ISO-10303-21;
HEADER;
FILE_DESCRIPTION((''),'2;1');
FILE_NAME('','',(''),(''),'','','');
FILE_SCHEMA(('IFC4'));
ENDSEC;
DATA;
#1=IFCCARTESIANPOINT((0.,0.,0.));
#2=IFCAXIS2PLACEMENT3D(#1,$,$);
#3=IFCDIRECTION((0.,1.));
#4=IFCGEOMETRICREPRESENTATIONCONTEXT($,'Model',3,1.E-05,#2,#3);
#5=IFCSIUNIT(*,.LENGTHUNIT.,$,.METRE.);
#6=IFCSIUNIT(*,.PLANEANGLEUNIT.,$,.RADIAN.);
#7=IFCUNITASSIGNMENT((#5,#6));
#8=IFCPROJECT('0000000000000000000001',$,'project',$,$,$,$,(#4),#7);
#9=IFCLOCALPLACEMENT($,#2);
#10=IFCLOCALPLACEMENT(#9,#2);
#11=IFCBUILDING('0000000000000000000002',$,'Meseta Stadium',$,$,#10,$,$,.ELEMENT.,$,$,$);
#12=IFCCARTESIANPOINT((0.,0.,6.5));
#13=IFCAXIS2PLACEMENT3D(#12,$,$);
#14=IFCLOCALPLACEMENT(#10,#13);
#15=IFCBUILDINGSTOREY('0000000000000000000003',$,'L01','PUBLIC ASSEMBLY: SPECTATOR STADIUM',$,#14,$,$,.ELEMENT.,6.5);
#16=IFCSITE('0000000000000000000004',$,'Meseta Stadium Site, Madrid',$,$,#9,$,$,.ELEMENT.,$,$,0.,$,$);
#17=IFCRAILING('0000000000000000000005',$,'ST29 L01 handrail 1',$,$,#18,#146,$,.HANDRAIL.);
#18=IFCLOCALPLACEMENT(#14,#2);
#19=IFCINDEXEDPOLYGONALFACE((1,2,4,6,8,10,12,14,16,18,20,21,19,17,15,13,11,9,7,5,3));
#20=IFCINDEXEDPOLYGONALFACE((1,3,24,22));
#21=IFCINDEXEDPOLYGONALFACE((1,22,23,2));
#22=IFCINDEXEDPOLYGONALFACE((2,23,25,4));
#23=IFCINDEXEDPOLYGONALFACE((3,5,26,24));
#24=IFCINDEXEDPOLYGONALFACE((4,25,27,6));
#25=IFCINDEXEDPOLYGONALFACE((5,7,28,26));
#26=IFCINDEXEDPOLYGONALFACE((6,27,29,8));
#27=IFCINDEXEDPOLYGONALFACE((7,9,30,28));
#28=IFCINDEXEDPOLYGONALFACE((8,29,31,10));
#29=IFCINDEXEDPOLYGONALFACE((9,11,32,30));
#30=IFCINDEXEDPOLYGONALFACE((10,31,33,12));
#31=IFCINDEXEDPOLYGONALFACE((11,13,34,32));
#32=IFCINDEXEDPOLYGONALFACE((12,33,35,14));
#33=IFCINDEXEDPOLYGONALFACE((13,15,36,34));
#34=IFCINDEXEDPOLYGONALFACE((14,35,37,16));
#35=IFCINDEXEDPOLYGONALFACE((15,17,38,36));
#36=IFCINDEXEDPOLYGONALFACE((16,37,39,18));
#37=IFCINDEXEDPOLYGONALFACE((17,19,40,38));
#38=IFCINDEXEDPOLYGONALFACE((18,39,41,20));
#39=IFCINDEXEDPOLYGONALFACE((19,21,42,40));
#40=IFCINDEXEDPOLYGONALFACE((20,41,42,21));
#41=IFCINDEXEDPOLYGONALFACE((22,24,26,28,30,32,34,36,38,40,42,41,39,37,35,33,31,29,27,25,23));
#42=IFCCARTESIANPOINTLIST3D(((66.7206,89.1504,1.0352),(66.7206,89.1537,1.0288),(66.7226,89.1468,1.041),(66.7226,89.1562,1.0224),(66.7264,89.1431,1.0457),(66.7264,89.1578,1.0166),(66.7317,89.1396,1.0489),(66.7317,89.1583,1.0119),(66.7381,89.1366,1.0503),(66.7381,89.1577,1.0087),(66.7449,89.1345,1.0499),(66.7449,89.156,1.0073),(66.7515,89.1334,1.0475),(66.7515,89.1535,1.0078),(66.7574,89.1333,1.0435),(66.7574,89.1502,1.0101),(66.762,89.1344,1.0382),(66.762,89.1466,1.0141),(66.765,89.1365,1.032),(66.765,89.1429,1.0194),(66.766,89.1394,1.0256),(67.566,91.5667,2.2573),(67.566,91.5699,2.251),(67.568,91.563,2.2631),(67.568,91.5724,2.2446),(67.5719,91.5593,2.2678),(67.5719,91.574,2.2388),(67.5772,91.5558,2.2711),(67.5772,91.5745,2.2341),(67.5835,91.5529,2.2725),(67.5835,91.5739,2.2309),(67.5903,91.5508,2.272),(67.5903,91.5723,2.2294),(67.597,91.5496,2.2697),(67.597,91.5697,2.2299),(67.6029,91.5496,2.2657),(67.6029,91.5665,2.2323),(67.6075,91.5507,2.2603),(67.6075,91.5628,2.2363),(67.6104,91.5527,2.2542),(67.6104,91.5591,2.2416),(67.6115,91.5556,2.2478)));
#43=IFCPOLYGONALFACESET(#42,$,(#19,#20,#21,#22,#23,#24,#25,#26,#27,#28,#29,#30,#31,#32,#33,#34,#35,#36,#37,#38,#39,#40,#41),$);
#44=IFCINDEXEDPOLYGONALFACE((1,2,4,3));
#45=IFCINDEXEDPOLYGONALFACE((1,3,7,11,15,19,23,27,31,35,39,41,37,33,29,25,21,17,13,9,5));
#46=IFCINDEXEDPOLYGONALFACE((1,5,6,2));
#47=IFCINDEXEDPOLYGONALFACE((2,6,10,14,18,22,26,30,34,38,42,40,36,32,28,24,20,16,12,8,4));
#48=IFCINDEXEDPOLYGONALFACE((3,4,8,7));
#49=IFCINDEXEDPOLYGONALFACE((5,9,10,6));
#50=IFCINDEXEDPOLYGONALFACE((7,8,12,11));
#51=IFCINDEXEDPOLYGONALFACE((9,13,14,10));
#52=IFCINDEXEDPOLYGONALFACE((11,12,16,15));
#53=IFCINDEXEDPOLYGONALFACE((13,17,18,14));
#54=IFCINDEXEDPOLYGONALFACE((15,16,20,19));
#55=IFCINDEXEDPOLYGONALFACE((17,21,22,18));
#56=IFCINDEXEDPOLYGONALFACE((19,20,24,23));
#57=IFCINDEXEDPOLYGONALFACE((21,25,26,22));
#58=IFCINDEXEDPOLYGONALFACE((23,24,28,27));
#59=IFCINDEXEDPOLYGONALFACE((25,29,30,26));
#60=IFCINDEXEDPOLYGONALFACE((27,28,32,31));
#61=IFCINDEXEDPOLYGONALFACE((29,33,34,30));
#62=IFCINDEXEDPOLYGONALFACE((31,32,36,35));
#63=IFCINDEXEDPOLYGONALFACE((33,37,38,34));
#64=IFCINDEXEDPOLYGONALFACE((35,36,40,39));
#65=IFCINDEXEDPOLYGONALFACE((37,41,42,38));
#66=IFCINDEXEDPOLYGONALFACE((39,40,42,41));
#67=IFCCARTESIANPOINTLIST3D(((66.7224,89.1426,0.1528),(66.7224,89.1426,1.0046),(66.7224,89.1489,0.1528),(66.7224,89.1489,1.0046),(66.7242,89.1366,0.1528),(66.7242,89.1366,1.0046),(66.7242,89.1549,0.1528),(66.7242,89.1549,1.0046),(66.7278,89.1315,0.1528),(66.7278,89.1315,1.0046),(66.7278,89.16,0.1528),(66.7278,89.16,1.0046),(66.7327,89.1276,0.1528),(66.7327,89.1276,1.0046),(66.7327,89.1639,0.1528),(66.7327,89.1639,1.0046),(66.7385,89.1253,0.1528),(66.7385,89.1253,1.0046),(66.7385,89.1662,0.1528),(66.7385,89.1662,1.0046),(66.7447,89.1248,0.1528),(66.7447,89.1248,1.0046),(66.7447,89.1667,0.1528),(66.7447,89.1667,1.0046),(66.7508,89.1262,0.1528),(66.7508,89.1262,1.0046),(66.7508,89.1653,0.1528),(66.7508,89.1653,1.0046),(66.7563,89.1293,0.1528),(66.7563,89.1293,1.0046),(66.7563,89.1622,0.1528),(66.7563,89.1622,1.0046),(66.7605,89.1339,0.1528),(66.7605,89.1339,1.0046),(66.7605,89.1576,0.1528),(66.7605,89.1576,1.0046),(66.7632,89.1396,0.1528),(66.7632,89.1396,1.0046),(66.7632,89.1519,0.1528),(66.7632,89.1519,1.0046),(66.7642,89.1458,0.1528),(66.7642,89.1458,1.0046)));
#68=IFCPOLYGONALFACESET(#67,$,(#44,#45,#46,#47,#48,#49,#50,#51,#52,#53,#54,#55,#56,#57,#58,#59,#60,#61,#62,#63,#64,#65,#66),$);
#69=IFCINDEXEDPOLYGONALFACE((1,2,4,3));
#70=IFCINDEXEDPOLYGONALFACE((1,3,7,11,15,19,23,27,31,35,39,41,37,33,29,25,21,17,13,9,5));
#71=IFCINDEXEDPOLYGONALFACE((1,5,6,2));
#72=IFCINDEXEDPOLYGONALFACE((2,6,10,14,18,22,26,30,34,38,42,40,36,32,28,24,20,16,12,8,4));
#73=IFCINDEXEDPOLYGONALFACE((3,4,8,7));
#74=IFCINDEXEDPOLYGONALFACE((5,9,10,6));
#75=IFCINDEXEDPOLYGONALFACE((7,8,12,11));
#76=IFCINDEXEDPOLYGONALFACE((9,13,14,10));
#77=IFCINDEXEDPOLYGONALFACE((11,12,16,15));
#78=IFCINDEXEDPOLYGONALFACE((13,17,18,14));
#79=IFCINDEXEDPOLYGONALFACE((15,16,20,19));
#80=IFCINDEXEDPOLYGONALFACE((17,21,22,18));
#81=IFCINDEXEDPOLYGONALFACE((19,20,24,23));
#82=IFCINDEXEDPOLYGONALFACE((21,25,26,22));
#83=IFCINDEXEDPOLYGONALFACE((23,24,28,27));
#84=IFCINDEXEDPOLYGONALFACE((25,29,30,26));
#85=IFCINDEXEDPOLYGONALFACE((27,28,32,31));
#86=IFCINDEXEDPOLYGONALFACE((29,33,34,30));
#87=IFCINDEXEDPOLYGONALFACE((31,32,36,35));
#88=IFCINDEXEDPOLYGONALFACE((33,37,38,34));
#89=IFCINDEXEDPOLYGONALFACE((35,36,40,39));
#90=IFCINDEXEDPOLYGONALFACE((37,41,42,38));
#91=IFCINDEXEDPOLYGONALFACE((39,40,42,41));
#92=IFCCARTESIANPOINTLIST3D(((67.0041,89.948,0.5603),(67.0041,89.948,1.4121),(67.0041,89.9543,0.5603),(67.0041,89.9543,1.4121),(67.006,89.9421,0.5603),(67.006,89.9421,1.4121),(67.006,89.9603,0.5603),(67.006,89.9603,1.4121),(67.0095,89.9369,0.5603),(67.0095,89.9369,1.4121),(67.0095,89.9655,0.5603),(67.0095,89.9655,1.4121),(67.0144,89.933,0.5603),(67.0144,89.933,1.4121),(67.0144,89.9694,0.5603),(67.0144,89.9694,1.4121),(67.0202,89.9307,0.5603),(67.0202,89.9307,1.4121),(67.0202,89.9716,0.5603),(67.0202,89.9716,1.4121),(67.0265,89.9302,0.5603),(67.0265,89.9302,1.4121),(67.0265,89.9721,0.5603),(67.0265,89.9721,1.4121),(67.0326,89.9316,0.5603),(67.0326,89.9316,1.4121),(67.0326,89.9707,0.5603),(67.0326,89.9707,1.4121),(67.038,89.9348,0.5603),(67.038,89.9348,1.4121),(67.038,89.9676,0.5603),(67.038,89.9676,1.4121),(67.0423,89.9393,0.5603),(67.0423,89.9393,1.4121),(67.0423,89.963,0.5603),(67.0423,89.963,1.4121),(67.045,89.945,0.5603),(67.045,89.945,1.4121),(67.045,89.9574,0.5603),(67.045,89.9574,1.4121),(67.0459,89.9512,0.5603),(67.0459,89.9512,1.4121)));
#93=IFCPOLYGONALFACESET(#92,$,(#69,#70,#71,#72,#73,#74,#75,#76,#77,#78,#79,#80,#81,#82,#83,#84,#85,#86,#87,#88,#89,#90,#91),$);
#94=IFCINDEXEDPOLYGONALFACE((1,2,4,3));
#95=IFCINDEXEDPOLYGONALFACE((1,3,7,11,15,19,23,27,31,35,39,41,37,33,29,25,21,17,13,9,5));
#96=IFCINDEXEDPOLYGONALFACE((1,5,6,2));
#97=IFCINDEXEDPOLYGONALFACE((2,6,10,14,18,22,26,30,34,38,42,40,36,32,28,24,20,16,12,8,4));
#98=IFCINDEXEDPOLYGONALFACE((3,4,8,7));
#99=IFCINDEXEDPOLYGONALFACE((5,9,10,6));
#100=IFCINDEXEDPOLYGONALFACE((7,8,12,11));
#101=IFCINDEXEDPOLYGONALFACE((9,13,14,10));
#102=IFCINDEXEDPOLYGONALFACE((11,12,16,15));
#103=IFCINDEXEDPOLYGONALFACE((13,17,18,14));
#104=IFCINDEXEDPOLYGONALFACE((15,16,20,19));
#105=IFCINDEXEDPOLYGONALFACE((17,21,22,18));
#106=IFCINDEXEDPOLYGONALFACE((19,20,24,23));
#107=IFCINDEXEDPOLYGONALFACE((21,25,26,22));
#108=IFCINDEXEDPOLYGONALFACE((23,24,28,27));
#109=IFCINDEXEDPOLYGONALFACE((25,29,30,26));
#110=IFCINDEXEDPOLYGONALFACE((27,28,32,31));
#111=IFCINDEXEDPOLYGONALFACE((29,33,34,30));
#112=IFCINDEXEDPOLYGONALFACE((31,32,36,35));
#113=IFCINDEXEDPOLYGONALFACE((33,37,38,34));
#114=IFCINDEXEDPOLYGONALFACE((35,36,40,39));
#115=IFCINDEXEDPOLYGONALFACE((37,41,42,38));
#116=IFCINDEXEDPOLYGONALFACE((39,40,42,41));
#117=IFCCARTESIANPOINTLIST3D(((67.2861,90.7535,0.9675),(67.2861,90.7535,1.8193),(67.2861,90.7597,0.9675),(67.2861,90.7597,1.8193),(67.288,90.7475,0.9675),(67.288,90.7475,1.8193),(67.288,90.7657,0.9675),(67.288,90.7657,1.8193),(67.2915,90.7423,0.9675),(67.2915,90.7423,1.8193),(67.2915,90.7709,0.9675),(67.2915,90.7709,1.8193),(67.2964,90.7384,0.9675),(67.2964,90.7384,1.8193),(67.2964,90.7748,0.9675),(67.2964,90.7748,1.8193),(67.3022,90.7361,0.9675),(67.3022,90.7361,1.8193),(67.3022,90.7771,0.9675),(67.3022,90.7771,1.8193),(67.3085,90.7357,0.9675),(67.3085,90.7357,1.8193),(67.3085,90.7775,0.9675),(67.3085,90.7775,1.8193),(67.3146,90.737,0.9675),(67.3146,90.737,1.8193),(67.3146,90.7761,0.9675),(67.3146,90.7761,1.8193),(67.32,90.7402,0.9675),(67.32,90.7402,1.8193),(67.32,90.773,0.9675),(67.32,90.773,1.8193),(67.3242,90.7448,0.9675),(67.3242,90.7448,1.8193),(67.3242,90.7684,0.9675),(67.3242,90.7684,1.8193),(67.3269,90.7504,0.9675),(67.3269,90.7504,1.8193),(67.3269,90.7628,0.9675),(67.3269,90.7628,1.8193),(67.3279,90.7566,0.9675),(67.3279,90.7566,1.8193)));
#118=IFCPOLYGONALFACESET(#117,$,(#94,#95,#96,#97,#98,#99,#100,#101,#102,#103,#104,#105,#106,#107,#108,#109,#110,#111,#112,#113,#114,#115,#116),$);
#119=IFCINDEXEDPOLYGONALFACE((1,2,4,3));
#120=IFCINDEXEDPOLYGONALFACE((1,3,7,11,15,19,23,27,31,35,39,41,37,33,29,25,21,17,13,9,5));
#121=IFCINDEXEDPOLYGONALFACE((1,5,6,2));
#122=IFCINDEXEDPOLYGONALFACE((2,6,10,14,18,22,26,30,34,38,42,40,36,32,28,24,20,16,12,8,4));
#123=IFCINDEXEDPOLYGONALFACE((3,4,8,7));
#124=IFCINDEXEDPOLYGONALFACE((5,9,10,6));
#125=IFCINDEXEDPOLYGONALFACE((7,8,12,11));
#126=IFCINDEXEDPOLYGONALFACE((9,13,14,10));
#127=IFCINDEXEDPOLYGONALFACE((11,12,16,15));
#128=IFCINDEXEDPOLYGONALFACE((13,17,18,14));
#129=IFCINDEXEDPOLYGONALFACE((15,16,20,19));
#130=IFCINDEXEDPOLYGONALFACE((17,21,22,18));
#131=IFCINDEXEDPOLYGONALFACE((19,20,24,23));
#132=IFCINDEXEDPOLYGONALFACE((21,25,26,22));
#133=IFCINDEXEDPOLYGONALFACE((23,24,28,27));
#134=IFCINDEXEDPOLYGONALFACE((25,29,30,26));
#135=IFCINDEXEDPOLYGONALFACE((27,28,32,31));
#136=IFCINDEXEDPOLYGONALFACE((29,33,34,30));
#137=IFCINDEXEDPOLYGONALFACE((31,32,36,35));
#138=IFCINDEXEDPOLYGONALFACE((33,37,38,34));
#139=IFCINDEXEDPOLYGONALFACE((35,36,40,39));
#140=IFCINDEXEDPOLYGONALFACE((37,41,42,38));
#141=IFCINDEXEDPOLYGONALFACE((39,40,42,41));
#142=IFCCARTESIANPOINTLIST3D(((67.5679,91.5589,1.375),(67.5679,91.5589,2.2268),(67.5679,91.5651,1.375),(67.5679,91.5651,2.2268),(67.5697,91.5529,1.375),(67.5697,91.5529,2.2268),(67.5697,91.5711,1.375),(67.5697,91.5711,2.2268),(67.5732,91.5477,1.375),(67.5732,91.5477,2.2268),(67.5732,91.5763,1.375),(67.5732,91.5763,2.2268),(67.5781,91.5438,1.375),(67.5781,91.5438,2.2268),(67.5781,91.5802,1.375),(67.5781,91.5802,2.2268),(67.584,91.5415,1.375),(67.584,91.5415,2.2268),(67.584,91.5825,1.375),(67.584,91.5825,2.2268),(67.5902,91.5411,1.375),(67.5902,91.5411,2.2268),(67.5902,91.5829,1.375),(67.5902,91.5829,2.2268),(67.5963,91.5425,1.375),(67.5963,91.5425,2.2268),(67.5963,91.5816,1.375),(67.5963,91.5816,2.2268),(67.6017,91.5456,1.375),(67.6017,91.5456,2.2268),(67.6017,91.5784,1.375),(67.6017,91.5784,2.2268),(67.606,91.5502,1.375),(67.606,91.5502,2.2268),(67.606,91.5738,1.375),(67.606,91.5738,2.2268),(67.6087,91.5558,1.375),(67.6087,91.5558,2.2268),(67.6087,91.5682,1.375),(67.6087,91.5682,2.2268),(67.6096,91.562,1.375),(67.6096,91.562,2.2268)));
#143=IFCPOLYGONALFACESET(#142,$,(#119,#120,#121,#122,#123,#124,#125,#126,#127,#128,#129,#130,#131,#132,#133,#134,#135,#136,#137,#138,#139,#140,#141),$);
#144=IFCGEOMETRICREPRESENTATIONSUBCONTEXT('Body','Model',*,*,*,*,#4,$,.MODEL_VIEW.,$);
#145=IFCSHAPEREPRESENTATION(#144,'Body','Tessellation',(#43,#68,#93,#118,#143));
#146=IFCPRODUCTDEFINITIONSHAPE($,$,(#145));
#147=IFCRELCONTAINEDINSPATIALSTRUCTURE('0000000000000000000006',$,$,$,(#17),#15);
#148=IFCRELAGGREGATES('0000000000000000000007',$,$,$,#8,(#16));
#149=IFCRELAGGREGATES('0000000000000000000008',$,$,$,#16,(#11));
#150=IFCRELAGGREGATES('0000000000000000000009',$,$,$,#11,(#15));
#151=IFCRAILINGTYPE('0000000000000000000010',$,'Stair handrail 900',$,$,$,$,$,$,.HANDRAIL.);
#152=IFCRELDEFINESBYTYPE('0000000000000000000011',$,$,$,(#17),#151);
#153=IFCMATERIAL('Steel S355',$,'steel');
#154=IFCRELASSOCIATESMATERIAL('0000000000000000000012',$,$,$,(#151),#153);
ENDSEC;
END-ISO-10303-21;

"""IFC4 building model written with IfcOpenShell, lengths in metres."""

from ifc_helpers import new_model, si_unit, direction, frame, origin, origin_2d, place, context, subcontext, project, spatial, circle, extrude, material, type_object, element, save


model = new_model("IFC4")

# Units and contexts
model_context = context("Model", 3, precision=1e-05, world=origin(), true_north=direction((0.0, 1.0)))
body_context = subcontext(model_context, "Body", "Model", "MODEL_VIEW")
ifc_project = project(units=[si_unit("LENGTHUNIT", "METRE"), si_unit("PLANEANGLEUNIT", "RADIAN")], contexts=[model_context])

# Site, building, storey
site_placement = place(None, origin())
site = spatial("IfcSite", under=ifc_project, at=site_placement, Name="Meseta Stadium Site, Madrid", CompositionType="ELEMENT", RefElevation=0.0)
building_placement = place(site_placement, origin())
building = spatial("IfcBuilding", under=site, at=building_placement, Name="Meseta Stadium", CompositionType="ELEMENT")
storey_placement = place(building_placement, frame((0.0, 0.0, 6.5)))
storey = spatial("IfcBuildingStorey", under=building, at=storey_placement, Name="L01", Description="PUBLIC ASSEMBLY: SPECTATOR STADIUM", CompositionType="ELEMENT", Elevation=6.5)

# Railing
ifc_material_1 = material(Name="Steel S355", Category="steel")
railing_type_1 = type_object("IfcRailingType", Name="Stair handrail 900", PredefinedType="HANDRAIL", material=ifc_material_1)
for number, where, name in (
    (1, (66.7432, 89.1458, 0.1528), "ST29 L01 handrail 1"),
):
    element("IfcRailing", number, at=place(storey_placement, frame(where)), inside=storey, type_object=railing_type_1, Name=name, PredefinedType="HANDRAIL", context=body_context, shape_type="SweptSolid", body=[
        extrude(circle(Radius=0.0239, at=origin_2d()), frame((0.0, 0.0, 0.876), z_axis=(0.298044, 0.851789, 0.430843), x_axis=(-0.943887, 0.33027, 0.0)), (0.0, 0.0, 1.0), 2.8367),
        extrude(circle(Radius=0.021, at=origin_2d()), origin(), (0.0, 0.0, 1.0), 0.8518),
        extrude(circle(Radius=0.021, at=origin_2d()), frame((0.2817, 0.8054, 0.4075)), (0.0, 0.0, 1.0), 0.8518),
        extrude(circle(Radius=0.021, at=origin_2d()), frame((0.5637, 1.6108, 0.8147)), (0.0, 0.0, 1.0), 0.8518),
        extrude(circle(Radius=0.021, at=origin_2d()), frame((0.8455, 2.4163, 1.2222)), (0.0, 0.0, 1.0), 0.8518),
    ])

save(model, "model.ifc")
